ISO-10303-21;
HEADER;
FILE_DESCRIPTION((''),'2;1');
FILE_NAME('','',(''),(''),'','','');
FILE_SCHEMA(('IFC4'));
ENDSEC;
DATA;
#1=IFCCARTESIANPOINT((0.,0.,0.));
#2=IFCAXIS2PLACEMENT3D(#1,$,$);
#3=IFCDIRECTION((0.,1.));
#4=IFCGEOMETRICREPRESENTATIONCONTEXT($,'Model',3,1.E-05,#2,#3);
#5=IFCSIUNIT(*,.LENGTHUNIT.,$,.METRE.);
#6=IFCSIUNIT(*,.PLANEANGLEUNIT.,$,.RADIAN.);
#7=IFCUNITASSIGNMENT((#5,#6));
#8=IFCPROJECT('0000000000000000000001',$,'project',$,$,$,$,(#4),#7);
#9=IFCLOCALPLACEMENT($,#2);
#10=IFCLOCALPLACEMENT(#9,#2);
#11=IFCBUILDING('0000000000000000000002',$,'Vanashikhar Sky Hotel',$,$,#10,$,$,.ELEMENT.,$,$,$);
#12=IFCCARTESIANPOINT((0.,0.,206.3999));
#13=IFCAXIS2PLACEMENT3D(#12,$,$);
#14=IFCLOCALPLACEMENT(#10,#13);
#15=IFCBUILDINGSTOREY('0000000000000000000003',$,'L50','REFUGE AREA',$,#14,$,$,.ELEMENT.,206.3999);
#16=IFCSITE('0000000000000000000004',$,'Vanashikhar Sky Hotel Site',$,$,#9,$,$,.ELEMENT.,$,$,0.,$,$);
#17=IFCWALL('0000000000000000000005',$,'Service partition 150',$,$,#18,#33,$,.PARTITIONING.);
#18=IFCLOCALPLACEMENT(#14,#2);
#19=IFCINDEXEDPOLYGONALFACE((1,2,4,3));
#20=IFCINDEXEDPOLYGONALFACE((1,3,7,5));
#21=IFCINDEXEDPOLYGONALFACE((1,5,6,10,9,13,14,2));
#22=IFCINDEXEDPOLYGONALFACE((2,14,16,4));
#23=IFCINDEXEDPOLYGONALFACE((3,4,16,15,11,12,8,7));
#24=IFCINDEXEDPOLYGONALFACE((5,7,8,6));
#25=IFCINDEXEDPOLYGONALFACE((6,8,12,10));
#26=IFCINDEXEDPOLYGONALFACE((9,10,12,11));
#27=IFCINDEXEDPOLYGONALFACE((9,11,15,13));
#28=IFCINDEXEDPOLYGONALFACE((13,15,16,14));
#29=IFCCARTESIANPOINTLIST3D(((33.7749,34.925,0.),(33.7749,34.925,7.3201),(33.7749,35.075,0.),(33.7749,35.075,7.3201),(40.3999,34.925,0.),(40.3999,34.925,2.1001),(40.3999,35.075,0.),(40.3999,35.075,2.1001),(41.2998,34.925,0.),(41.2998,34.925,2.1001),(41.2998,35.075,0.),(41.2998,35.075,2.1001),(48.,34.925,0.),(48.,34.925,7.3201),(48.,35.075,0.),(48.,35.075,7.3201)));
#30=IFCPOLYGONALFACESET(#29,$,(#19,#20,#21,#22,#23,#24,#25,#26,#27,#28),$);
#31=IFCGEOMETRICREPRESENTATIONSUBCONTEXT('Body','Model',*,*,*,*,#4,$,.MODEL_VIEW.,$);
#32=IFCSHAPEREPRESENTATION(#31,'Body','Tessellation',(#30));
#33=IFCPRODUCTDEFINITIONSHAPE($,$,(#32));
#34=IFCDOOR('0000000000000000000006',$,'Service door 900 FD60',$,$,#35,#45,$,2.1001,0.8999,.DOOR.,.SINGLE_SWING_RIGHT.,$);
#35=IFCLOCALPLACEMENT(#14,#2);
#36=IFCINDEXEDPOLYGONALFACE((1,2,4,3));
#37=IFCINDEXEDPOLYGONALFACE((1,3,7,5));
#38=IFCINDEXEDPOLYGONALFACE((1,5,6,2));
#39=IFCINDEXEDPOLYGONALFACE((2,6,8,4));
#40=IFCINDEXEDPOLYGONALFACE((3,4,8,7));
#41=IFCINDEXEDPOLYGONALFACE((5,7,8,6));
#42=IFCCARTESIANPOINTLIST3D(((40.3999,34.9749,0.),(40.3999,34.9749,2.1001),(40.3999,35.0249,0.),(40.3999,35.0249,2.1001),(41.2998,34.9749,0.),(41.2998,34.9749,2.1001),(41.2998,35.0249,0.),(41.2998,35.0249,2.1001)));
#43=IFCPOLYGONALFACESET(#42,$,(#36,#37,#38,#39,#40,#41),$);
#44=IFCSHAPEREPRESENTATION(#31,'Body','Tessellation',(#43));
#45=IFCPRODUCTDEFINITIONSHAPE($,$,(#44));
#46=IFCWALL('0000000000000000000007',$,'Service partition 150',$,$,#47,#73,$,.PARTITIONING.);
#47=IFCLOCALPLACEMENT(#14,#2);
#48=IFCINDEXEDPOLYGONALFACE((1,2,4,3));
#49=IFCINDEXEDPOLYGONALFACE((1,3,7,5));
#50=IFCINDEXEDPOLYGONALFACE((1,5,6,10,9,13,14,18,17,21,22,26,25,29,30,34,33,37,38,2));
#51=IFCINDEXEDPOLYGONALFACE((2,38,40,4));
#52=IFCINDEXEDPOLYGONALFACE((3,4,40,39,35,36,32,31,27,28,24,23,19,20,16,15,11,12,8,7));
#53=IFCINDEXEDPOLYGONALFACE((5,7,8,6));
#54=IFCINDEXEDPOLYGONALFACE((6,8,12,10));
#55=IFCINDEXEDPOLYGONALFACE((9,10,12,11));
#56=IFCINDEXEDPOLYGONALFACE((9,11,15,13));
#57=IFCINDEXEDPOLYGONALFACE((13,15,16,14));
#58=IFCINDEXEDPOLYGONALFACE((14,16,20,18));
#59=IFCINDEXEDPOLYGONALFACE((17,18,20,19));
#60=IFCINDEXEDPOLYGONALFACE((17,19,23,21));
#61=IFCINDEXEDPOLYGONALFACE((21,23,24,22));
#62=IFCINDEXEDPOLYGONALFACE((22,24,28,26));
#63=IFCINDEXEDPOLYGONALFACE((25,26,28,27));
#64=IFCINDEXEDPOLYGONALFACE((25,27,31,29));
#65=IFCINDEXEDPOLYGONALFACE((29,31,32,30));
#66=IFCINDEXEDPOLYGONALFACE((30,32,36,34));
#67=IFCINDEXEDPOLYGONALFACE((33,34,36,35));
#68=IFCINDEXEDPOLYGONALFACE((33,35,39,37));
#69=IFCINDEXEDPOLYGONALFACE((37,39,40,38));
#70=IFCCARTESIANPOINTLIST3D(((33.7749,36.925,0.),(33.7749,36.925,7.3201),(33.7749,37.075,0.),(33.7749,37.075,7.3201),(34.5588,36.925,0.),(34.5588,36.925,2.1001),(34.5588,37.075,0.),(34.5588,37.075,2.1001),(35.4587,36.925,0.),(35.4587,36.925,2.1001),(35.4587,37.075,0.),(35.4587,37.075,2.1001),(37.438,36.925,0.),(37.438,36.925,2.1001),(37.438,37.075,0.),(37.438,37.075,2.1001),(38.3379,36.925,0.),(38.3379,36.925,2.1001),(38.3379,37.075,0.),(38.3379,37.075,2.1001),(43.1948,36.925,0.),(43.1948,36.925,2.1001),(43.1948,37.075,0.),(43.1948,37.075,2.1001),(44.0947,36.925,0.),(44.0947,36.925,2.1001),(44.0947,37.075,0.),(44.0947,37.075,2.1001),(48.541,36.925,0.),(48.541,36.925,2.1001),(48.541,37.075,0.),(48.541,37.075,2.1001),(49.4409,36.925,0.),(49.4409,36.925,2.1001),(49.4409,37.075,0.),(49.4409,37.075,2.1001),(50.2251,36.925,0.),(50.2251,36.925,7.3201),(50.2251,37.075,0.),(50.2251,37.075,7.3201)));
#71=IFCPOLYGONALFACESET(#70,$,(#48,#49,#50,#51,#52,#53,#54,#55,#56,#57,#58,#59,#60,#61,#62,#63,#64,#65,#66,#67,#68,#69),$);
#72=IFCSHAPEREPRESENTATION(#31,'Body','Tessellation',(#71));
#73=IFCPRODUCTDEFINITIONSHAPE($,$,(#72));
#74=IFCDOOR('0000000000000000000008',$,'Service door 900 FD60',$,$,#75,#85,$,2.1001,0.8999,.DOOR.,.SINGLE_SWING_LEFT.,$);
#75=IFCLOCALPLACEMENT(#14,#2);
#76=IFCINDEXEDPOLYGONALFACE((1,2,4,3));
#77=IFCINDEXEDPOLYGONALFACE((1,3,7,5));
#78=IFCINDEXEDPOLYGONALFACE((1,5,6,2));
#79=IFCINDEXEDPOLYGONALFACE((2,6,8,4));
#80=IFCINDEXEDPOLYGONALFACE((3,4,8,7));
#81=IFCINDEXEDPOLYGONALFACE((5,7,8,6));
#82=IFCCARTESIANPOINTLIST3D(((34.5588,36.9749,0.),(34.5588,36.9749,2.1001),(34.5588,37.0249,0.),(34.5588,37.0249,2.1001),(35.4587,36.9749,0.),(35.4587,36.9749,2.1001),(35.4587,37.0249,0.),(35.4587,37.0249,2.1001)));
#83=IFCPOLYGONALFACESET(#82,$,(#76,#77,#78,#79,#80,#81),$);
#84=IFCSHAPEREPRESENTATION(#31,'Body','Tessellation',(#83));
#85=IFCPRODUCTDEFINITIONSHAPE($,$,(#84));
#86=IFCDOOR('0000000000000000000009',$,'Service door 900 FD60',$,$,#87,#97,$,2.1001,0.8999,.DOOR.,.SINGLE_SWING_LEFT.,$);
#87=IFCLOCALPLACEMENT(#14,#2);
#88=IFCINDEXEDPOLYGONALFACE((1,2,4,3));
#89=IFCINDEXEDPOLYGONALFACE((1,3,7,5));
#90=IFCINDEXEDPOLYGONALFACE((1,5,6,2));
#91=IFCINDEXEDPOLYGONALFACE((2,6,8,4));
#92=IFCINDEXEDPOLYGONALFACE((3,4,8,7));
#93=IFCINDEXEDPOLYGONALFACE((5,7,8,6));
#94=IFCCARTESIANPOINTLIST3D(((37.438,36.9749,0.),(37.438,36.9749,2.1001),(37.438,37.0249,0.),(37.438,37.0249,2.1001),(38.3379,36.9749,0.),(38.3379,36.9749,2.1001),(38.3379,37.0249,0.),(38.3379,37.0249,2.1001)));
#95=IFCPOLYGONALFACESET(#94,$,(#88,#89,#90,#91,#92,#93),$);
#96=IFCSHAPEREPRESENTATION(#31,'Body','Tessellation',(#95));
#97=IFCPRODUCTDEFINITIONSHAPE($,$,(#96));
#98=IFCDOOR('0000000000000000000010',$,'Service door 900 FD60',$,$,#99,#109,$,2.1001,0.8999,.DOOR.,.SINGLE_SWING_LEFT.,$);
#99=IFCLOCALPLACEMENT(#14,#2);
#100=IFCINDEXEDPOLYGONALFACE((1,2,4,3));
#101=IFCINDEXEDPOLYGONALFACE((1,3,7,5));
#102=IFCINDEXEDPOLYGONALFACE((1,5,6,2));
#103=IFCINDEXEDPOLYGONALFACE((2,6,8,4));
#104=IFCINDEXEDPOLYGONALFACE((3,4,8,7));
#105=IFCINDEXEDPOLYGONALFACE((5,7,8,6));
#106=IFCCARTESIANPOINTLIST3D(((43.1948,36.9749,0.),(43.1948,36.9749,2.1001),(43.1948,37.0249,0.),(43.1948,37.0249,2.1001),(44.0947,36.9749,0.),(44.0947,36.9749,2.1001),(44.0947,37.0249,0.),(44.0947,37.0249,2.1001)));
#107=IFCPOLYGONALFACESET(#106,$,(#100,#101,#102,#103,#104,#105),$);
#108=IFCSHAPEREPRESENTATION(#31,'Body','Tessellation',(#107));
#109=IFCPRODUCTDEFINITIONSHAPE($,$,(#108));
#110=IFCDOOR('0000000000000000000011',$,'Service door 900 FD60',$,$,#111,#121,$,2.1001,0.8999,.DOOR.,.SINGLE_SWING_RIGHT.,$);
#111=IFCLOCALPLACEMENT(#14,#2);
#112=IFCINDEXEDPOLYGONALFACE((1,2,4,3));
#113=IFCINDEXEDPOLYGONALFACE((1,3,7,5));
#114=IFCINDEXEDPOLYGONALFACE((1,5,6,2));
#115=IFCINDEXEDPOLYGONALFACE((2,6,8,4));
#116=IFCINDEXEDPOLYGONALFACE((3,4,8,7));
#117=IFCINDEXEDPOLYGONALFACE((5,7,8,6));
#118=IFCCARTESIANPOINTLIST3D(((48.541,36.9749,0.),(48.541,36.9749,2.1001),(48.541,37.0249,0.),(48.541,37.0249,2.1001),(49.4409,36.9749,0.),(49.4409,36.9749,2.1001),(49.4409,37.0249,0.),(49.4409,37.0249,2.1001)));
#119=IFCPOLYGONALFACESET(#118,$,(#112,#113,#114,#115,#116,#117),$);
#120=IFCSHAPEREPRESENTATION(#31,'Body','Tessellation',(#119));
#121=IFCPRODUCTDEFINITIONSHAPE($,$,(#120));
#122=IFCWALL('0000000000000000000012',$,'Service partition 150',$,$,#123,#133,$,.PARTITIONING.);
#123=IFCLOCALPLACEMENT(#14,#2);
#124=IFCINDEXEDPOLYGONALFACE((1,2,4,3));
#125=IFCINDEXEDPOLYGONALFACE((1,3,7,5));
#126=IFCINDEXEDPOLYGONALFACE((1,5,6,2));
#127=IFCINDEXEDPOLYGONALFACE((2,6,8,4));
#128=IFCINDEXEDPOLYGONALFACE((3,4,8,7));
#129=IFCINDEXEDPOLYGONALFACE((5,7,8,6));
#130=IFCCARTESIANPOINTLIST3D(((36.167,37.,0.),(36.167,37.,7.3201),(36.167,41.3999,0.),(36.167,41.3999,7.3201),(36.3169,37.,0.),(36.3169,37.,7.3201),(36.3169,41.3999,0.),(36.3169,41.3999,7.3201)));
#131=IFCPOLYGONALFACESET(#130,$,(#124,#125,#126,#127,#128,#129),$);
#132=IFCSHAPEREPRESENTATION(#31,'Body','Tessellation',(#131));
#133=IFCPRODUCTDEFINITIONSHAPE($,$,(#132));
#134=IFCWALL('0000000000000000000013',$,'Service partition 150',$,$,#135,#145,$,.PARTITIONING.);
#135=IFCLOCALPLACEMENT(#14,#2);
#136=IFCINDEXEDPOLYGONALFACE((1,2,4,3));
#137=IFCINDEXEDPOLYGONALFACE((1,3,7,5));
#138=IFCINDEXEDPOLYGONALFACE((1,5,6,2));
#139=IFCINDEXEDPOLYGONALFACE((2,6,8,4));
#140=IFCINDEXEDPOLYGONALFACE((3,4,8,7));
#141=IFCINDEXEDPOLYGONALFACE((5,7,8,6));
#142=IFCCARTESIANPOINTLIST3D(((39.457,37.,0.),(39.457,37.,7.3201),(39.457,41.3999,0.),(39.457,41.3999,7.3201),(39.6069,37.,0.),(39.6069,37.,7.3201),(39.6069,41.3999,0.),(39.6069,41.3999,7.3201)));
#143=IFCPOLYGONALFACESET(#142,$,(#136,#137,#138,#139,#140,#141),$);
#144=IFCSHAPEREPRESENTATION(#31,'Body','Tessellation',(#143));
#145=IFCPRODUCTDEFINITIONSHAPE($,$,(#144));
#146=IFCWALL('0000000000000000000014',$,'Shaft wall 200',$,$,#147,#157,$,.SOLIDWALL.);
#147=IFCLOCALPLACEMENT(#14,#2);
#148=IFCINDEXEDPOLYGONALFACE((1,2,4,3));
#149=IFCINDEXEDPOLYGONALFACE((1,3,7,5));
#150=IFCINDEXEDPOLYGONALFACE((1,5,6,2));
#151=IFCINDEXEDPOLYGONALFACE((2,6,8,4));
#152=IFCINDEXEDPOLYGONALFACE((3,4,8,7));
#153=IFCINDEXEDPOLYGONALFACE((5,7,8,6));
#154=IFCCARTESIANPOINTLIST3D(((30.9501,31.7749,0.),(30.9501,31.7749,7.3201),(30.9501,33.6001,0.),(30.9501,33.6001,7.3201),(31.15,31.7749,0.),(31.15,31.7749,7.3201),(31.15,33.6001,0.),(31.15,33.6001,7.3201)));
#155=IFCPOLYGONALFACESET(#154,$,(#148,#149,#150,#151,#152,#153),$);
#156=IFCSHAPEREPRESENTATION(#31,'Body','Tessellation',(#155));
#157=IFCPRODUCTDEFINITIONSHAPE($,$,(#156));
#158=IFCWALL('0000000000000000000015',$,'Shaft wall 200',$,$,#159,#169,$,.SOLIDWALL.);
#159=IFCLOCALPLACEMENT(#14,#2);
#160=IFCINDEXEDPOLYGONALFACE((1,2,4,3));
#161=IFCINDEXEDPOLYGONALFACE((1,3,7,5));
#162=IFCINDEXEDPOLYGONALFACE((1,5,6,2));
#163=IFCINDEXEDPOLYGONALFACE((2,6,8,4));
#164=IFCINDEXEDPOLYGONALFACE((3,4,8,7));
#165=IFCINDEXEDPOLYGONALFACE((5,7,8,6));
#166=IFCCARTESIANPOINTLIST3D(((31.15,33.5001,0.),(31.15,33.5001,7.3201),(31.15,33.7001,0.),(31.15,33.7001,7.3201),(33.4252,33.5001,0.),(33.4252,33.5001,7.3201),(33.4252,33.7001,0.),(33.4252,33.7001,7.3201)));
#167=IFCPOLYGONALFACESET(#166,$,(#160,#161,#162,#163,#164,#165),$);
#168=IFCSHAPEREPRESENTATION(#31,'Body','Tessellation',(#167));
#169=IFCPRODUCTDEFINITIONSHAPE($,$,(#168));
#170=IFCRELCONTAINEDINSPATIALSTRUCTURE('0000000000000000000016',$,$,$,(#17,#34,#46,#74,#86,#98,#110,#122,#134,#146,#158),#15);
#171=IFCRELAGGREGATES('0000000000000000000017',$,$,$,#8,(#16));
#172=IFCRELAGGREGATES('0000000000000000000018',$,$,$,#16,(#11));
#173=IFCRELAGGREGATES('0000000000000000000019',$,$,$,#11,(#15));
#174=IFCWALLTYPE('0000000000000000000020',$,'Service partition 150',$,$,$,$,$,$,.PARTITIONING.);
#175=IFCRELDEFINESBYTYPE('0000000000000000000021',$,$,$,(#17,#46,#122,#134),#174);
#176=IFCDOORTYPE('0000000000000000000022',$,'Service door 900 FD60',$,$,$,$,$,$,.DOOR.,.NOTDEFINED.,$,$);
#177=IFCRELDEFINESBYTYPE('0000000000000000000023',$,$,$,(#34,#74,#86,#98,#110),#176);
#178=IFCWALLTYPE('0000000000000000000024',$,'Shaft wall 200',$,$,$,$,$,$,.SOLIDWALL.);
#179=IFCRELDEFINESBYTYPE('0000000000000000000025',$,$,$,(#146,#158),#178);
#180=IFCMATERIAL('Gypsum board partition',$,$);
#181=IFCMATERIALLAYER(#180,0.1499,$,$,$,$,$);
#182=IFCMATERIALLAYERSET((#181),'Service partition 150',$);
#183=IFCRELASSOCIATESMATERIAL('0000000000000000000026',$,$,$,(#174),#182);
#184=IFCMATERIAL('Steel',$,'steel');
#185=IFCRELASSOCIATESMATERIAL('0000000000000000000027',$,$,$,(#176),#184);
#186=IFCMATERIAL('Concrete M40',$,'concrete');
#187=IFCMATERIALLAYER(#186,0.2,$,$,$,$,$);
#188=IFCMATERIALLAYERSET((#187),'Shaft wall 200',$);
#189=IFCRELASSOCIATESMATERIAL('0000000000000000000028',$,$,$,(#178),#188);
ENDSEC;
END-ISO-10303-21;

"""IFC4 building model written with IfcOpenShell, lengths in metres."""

from ifc_helpers import new_model, si_unit, direction, frame, frame_2d, origin, place, context, subcontext, project, spatial, rectangle, extrude, source, transform, mapped, material, layer, layer_set, type_object, element, fill, save


model = new_model("IFC4")

# Units and contexts
model_context = context("Model", 3, precision=1e-05, world=origin(), true_north=direction((0.0, 1.0)))
body_context = subcontext(model_context, "Body", "Model", "MODEL_VIEW")
ifc_project = project(units=[si_unit("LENGTHUNIT", "METRE"), si_unit("PLANEANGLEUNIT", "RADIAN")], contexts=[model_context])

# Site, building, storey
site_placement = place(None, origin())
site = spatial("IfcSite", under=ifc_project, at=site_placement, Name="Vanashikhar Sky Hotel Site", CompositionType="ELEMENT", RefElevation=0.0)
building_placement = place(site_placement, origin())
building = spatial("IfcBuilding", under=site, at=building_placement, Name="Vanashikhar Sky Hotel", CompositionType="ELEMENT")
storey_placement = place(building_placement, frame((0.0, 0.0, 206.3999)))
storey = spatial("IfcBuildingStorey", under=building, at=storey_placement, Name="L50", Description="REFUGE AREA", CompositionType="ELEMENT", Elevation=206.3999)

# Wall, opening, door
ifc_material_1 = material(Name="Gypsum board partition")
ifc_layer_1 = layer(ifc_material_1, 0.1499)
ifc_layer_set_1 = layer_set([ifc_layer_1], Name="Service partition 150")
wall_type_1 = type_object("IfcWallType", Name="Service partition 150", PredefinedType="PARTITIONING", material=ifc_layer_set_1)
shared_shape_1 = source(origin(), body_context, "Body", "SweptSolid", [
    extrude(rectangle(XDim=14.2251, YDim=0.1499, at=frame_2d((7.1125, 0.0))), origin(), (0.0, 0.0, 1.0), 7.3201),
])
wall_1_placement = place(storey_placement, frame((33.7749, 35.0, 0.0), z_axis=(0.0, 0.0, 1.0), x_axis=(1.0, 0.0, 0.0)))
wall_1 = element("IfcWall", 1, at=wall_1_placement, inside=storey, type_object=wall_type_1, Name="Service partition 150", PredefinedType="PARTITIONING", context=body_context, shape_type="MappedRepresentation", body=[
    mapped(shared_shape_1, transform((0.0, 0.0, 0.0), scale=1.0)),
])
shared_shape_2 = source(origin(), body_context, "Body", "SweptSolid", [
    extrude(rectangle(XDim=0.8999, YDim=2.1001, at=frame_2d((0.45, 1.05))), frame((0.0, 0.085, 0.0), z_axis=(0.0, -1.0, 0.0), x_axis=(1.0, 0.0, 0.0)), (0.0, 0.0, 1.0), 0.1699),
])
opening_1_placement = place(wall_1_placement, frame((6.625, 0.0, 0.0)))
opening_1 = element("IfcOpeningElement", 2, at=opening_1_placement, cuts=wall_1, PredefinedType="OPENING", context=body_context, shape_type="MappedRepresentation", body=[
    mapped(shared_shape_2, transform((0.0, 0.0, 0.0), scale=1.0)),
])
ifc_material_2 = material(Name="Steel", Category="steel")
door_type_1 = type_object("IfcDoorType", Name="Service door 900 FD60", OperationType="NOTDEFINED", PredefinedType="DOOR", material=ifc_material_2)
shared_shape_3 = source(origin(), body_context, "Body", "SweptSolid", [
    extrude(rectangle(XDim=0.8999, YDim=2.1001, at=frame_2d((0.45, 1.05))), frame((0.0, 0.0249, 0.0), z_axis=(0.0, -1.0, 0.0), x_axis=(1.0, 0.0, 0.0)), (0.0, 0.0, 1.0), 0.05),
])
door_1_placement = place(opening_1_placement, origin())
door_1 = element("IfcDoor", 3, at=door_1_placement, inside=storey, type_object=door_type_1, Name="Service door 900 FD60", OperationType="SINGLE_SWING_RIGHT", OverallHeight=2.1001, OverallWidth=0.8999, PredefinedType="DOOR", context=body_context, shape_type="MappedRepresentation", body=[
    mapped(shared_shape_3, transform((0.0, 0.0, 0.0), scale=1.0)),
])
fill(opening_1, door_1)

# Wall, openings, doors
shared_shape_4 = source(origin(), body_context, "Body", "SweptSolid", [
    extrude(rectangle(XDim=16.4502, YDim=0.1499, at=frame_2d((8.2251, 0.0))), origin(), (0.0, 0.0, 1.0), 7.3201),
])
wall_2_placement = place(storey_placement, frame((33.7749, 37.0, 0.0), z_axis=(0.0, 0.0, 1.0), x_axis=(1.0, 0.0, 0.0)))
wall_2 = element("IfcWall", 4, at=wall_2_placement, inside=storey, type_object=wall_type_1, Name="Service partition 150", PredefinedType="PARTITIONING", context=body_context, shape_type="MappedRepresentation", body=[
    mapped(shared_shape_4, transform((0.0, 0.0, 0.0), scale=1.0)),
])
opening_2_placement = place(wall_2_placement, frame((0.7839, 0.0, 0.0)))
opening_2 = element("IfcOpeningElement", 5, at=opening_2_placement, cuts=wall_2, PredefinedType="OPENING", context=body_context, shape_type="MappedRepresentation", body=[
    mapped(shared_shape_2, transform((0.0, 0.0, 0.0), scale=1.0)),
])
opening_3_placement = place(wall_2_placement, frame((3.6631, 0.0, 0.0)))
opening_3 = element("IfcOpeningElement", 6, at=opening_3_placement, cuts=wall_2, PredefinedType="OPENING", context=body_context, shape_type="MappedRepresentation", body=[
    mapped(shared_shape_2, transform((0.0, 0.0, 0.0), scale=1.0)),
])
opening_4_placement = place(wall_2_placement, frame((9.4199, 0.0, 0.0)))
opening_4 = element("IfcOpeningElement", 7, at=opening_4_placement, cuts=wall_2, PredefinedType="OPENING", context=body_context, shape_type="MappedRepresentation", body=[
    mapped(shared_shape_2, transform((0.0, 0.0, 0.0), scale=1.0)),
])
opening_5_placement = place(wall_2_placement, frame((14.7661, 0.0, 0.0)))
opening_5 = element("IfcOpeningElement", 8, at=opening_5_placement, cuts=wall_2, PredefinedType="OPENING", context=body_context, shape_type="MappedRepresentation", body=[
    mapped(shared_shape_2, transform((0.0, 0.0, 0.0), scale=1.0)),
])
door_2_placement = place(opening_2_placement, origin())
door_2 = element("IfcDoor", 9, at=door_2_placement, inside=storey, type_object=door_type_1, Name="Service door 900 FD60", OperationType="SINGLE_SWING_LEFT", OverallHeight=2.1001, OverallWidth=0.8999, PredefinedType="DOOR", context=body_context, shape_type="MappedRepresentation", body=[
    mapped(shared_shape_3, transform((0.0, 0.0, 0.0), scale=1.0)),
])
fill(opening_2, door_2)
door_3_placement = place(opening_3_placement, origin())
door_3 = element("IfcDoor", 10, at=door_3_placement, inside=storey, type_object=door_type_1, Name="Service door 900 FD60", OperationType="SINGLE_SWING_LEFT", OverallHeight=2.1001, OverallWidth=0.8999, PredefinedType="DOOR", context=body_context, shape_type="MappedRepresentation", body=[
    mapped(shared_shape_3, transform((0.0, 0.0, 0.0), scale=1.0)),
])
fill(opening_3, door_3)
door_4_placement = place(opening_4_placement, origin())
door_4 = element("IfcDoor", 11, at=door_4_placement, inside=storey, type_object=door_type_1, Name="Service door 900 FD60", OperationType="SINGLE_SWING_LEFT", OverallHeight=2.1001, OverallWidth=0.8999, PredefinedType="DOOR", context=body_context, shape_type="MappedRepresentation", body=[
    mapped(shared_shape_3, transform((0.0, 0.0, 0.0), scale=1.0)),
])
fill(opening_4, door_4)
door_5_placement = place(opening_5_placement, origin())
door_5 = element("IfcDoor", 12, at=door_5_placement, inside=storey, type_object=door_type_1, Name="Service door 900 FD60", OperationType="SINGLE_SWING_RIGHT", OverallHeight=2.1001, OverallWidth=0.8999, PredefinedType="DOOR", context=body_context, shape_type="MappedRepresentation", body=[
    mapped(shared_shape_3, transform((0.0, 0.0, 0.0), scale=1.0)),
])
fill(opening_5, door_5)

# Walls
shared_shape_5 = source(origin(), body_context, "Body", "SweptSolid", [
    extrude(rectangle(XDim=4.3999, YDim=0.1499, at=frame_2d((2.2, 0.0))), origin(), (0.0, 0.0, 1.0), 7.3201),
])
for number, where, z_axis, x_axis, name in (
    (13, (36.2419, 37.0, 0.0), (0.0, 0.0, 1.0), (0.0, 1.0, 0.0), "Service partition 150"),
    (14, (39.532, 37.0, 0.0), (0.0, 0.0, 1.0), (0.0, 1.0, 0.0), "Service partition 150"),
):
    element("IfcWall", number, at=place(storey_placement, frame(where, z_axis=z_axis, x_axis=x_axis)), inside=storey, type_object=wall_type_1, Name=name, PredefinedType="PARTITIONING", context=body_context, shape_type="MappedRepresentation", body=[
        mapped(shared_shape_5, transform((0.0, 0.0, 0.0), scale=1.0)),
    ])
ifc_material_3 = material(Name="Concrete M40", Category="concrete")
ifc_layer_2 = layer(ifc_material_3, 0.2)
ifc_layer_set_2 = layer_set([ifc_layer_2], Name="Shaft wall 200")
wall_type_2 = type_object("IfcWallType", Name="Shaft wall 200", PredefinedType="SOLIDWALL", material=ifc_layer_set_2)
shared_shape_6 = source(origin(), body_context, "Body", "SweptSolid", [
    extrude(rectangle(XDim=1.8252, YDim=0.2, at=frame_2d((0.9126, 0.0))), origin(), (0.0, 0.0, 1.0), 7.3201),
])
wall_3_placement = place(storey_placement, frame((31.05, 31.7749, 0.0), z_axis=(0.0, 0.0, 1.0), x_axis=(0.0, 1.0, 0.0)))
element("IfcWall", 15, at=wall_3_placement, inside=storey, type_object=wall_type_2, Name="Shaft wall 200", PredefinedType="SOLIDWALL", context=body_context, shape_type="MappedRepresentation", body=[
    mapped(shared_shape_6, transform((0.0, 0.0, 0.0), scale=1.0)),
])
shared_shape_7 = source(origin(), body_context, "Body", "SweptSolid", [
    extrude(rectangle(XDim=2.2751, YDim=0.2, at=frame_2d((1.1377, 0.0))), origin(), (0.0, 0.0, 1.0), 7.3201),
])
wall_4_placement = place(storey_placement, frame((31.1499, 33.6001, 0.0), z_axis=(0.0, 0.0, 1.0), x_axis=(1.0, 0.0, 0.0)))
element("IfcWall", 16, at=wall_4_placement, inside=storey, type_object=wall_type_2, Name="Shaft wall 200", PredefinedType="SOLIDWALL", context=body_context, shape_type="MappedRepresentation", body=[
    mapped(shared_shape_7, transform((0.0, 0.0, 0.0), scale=1.0)),
])

save(model, "model.ifc")
